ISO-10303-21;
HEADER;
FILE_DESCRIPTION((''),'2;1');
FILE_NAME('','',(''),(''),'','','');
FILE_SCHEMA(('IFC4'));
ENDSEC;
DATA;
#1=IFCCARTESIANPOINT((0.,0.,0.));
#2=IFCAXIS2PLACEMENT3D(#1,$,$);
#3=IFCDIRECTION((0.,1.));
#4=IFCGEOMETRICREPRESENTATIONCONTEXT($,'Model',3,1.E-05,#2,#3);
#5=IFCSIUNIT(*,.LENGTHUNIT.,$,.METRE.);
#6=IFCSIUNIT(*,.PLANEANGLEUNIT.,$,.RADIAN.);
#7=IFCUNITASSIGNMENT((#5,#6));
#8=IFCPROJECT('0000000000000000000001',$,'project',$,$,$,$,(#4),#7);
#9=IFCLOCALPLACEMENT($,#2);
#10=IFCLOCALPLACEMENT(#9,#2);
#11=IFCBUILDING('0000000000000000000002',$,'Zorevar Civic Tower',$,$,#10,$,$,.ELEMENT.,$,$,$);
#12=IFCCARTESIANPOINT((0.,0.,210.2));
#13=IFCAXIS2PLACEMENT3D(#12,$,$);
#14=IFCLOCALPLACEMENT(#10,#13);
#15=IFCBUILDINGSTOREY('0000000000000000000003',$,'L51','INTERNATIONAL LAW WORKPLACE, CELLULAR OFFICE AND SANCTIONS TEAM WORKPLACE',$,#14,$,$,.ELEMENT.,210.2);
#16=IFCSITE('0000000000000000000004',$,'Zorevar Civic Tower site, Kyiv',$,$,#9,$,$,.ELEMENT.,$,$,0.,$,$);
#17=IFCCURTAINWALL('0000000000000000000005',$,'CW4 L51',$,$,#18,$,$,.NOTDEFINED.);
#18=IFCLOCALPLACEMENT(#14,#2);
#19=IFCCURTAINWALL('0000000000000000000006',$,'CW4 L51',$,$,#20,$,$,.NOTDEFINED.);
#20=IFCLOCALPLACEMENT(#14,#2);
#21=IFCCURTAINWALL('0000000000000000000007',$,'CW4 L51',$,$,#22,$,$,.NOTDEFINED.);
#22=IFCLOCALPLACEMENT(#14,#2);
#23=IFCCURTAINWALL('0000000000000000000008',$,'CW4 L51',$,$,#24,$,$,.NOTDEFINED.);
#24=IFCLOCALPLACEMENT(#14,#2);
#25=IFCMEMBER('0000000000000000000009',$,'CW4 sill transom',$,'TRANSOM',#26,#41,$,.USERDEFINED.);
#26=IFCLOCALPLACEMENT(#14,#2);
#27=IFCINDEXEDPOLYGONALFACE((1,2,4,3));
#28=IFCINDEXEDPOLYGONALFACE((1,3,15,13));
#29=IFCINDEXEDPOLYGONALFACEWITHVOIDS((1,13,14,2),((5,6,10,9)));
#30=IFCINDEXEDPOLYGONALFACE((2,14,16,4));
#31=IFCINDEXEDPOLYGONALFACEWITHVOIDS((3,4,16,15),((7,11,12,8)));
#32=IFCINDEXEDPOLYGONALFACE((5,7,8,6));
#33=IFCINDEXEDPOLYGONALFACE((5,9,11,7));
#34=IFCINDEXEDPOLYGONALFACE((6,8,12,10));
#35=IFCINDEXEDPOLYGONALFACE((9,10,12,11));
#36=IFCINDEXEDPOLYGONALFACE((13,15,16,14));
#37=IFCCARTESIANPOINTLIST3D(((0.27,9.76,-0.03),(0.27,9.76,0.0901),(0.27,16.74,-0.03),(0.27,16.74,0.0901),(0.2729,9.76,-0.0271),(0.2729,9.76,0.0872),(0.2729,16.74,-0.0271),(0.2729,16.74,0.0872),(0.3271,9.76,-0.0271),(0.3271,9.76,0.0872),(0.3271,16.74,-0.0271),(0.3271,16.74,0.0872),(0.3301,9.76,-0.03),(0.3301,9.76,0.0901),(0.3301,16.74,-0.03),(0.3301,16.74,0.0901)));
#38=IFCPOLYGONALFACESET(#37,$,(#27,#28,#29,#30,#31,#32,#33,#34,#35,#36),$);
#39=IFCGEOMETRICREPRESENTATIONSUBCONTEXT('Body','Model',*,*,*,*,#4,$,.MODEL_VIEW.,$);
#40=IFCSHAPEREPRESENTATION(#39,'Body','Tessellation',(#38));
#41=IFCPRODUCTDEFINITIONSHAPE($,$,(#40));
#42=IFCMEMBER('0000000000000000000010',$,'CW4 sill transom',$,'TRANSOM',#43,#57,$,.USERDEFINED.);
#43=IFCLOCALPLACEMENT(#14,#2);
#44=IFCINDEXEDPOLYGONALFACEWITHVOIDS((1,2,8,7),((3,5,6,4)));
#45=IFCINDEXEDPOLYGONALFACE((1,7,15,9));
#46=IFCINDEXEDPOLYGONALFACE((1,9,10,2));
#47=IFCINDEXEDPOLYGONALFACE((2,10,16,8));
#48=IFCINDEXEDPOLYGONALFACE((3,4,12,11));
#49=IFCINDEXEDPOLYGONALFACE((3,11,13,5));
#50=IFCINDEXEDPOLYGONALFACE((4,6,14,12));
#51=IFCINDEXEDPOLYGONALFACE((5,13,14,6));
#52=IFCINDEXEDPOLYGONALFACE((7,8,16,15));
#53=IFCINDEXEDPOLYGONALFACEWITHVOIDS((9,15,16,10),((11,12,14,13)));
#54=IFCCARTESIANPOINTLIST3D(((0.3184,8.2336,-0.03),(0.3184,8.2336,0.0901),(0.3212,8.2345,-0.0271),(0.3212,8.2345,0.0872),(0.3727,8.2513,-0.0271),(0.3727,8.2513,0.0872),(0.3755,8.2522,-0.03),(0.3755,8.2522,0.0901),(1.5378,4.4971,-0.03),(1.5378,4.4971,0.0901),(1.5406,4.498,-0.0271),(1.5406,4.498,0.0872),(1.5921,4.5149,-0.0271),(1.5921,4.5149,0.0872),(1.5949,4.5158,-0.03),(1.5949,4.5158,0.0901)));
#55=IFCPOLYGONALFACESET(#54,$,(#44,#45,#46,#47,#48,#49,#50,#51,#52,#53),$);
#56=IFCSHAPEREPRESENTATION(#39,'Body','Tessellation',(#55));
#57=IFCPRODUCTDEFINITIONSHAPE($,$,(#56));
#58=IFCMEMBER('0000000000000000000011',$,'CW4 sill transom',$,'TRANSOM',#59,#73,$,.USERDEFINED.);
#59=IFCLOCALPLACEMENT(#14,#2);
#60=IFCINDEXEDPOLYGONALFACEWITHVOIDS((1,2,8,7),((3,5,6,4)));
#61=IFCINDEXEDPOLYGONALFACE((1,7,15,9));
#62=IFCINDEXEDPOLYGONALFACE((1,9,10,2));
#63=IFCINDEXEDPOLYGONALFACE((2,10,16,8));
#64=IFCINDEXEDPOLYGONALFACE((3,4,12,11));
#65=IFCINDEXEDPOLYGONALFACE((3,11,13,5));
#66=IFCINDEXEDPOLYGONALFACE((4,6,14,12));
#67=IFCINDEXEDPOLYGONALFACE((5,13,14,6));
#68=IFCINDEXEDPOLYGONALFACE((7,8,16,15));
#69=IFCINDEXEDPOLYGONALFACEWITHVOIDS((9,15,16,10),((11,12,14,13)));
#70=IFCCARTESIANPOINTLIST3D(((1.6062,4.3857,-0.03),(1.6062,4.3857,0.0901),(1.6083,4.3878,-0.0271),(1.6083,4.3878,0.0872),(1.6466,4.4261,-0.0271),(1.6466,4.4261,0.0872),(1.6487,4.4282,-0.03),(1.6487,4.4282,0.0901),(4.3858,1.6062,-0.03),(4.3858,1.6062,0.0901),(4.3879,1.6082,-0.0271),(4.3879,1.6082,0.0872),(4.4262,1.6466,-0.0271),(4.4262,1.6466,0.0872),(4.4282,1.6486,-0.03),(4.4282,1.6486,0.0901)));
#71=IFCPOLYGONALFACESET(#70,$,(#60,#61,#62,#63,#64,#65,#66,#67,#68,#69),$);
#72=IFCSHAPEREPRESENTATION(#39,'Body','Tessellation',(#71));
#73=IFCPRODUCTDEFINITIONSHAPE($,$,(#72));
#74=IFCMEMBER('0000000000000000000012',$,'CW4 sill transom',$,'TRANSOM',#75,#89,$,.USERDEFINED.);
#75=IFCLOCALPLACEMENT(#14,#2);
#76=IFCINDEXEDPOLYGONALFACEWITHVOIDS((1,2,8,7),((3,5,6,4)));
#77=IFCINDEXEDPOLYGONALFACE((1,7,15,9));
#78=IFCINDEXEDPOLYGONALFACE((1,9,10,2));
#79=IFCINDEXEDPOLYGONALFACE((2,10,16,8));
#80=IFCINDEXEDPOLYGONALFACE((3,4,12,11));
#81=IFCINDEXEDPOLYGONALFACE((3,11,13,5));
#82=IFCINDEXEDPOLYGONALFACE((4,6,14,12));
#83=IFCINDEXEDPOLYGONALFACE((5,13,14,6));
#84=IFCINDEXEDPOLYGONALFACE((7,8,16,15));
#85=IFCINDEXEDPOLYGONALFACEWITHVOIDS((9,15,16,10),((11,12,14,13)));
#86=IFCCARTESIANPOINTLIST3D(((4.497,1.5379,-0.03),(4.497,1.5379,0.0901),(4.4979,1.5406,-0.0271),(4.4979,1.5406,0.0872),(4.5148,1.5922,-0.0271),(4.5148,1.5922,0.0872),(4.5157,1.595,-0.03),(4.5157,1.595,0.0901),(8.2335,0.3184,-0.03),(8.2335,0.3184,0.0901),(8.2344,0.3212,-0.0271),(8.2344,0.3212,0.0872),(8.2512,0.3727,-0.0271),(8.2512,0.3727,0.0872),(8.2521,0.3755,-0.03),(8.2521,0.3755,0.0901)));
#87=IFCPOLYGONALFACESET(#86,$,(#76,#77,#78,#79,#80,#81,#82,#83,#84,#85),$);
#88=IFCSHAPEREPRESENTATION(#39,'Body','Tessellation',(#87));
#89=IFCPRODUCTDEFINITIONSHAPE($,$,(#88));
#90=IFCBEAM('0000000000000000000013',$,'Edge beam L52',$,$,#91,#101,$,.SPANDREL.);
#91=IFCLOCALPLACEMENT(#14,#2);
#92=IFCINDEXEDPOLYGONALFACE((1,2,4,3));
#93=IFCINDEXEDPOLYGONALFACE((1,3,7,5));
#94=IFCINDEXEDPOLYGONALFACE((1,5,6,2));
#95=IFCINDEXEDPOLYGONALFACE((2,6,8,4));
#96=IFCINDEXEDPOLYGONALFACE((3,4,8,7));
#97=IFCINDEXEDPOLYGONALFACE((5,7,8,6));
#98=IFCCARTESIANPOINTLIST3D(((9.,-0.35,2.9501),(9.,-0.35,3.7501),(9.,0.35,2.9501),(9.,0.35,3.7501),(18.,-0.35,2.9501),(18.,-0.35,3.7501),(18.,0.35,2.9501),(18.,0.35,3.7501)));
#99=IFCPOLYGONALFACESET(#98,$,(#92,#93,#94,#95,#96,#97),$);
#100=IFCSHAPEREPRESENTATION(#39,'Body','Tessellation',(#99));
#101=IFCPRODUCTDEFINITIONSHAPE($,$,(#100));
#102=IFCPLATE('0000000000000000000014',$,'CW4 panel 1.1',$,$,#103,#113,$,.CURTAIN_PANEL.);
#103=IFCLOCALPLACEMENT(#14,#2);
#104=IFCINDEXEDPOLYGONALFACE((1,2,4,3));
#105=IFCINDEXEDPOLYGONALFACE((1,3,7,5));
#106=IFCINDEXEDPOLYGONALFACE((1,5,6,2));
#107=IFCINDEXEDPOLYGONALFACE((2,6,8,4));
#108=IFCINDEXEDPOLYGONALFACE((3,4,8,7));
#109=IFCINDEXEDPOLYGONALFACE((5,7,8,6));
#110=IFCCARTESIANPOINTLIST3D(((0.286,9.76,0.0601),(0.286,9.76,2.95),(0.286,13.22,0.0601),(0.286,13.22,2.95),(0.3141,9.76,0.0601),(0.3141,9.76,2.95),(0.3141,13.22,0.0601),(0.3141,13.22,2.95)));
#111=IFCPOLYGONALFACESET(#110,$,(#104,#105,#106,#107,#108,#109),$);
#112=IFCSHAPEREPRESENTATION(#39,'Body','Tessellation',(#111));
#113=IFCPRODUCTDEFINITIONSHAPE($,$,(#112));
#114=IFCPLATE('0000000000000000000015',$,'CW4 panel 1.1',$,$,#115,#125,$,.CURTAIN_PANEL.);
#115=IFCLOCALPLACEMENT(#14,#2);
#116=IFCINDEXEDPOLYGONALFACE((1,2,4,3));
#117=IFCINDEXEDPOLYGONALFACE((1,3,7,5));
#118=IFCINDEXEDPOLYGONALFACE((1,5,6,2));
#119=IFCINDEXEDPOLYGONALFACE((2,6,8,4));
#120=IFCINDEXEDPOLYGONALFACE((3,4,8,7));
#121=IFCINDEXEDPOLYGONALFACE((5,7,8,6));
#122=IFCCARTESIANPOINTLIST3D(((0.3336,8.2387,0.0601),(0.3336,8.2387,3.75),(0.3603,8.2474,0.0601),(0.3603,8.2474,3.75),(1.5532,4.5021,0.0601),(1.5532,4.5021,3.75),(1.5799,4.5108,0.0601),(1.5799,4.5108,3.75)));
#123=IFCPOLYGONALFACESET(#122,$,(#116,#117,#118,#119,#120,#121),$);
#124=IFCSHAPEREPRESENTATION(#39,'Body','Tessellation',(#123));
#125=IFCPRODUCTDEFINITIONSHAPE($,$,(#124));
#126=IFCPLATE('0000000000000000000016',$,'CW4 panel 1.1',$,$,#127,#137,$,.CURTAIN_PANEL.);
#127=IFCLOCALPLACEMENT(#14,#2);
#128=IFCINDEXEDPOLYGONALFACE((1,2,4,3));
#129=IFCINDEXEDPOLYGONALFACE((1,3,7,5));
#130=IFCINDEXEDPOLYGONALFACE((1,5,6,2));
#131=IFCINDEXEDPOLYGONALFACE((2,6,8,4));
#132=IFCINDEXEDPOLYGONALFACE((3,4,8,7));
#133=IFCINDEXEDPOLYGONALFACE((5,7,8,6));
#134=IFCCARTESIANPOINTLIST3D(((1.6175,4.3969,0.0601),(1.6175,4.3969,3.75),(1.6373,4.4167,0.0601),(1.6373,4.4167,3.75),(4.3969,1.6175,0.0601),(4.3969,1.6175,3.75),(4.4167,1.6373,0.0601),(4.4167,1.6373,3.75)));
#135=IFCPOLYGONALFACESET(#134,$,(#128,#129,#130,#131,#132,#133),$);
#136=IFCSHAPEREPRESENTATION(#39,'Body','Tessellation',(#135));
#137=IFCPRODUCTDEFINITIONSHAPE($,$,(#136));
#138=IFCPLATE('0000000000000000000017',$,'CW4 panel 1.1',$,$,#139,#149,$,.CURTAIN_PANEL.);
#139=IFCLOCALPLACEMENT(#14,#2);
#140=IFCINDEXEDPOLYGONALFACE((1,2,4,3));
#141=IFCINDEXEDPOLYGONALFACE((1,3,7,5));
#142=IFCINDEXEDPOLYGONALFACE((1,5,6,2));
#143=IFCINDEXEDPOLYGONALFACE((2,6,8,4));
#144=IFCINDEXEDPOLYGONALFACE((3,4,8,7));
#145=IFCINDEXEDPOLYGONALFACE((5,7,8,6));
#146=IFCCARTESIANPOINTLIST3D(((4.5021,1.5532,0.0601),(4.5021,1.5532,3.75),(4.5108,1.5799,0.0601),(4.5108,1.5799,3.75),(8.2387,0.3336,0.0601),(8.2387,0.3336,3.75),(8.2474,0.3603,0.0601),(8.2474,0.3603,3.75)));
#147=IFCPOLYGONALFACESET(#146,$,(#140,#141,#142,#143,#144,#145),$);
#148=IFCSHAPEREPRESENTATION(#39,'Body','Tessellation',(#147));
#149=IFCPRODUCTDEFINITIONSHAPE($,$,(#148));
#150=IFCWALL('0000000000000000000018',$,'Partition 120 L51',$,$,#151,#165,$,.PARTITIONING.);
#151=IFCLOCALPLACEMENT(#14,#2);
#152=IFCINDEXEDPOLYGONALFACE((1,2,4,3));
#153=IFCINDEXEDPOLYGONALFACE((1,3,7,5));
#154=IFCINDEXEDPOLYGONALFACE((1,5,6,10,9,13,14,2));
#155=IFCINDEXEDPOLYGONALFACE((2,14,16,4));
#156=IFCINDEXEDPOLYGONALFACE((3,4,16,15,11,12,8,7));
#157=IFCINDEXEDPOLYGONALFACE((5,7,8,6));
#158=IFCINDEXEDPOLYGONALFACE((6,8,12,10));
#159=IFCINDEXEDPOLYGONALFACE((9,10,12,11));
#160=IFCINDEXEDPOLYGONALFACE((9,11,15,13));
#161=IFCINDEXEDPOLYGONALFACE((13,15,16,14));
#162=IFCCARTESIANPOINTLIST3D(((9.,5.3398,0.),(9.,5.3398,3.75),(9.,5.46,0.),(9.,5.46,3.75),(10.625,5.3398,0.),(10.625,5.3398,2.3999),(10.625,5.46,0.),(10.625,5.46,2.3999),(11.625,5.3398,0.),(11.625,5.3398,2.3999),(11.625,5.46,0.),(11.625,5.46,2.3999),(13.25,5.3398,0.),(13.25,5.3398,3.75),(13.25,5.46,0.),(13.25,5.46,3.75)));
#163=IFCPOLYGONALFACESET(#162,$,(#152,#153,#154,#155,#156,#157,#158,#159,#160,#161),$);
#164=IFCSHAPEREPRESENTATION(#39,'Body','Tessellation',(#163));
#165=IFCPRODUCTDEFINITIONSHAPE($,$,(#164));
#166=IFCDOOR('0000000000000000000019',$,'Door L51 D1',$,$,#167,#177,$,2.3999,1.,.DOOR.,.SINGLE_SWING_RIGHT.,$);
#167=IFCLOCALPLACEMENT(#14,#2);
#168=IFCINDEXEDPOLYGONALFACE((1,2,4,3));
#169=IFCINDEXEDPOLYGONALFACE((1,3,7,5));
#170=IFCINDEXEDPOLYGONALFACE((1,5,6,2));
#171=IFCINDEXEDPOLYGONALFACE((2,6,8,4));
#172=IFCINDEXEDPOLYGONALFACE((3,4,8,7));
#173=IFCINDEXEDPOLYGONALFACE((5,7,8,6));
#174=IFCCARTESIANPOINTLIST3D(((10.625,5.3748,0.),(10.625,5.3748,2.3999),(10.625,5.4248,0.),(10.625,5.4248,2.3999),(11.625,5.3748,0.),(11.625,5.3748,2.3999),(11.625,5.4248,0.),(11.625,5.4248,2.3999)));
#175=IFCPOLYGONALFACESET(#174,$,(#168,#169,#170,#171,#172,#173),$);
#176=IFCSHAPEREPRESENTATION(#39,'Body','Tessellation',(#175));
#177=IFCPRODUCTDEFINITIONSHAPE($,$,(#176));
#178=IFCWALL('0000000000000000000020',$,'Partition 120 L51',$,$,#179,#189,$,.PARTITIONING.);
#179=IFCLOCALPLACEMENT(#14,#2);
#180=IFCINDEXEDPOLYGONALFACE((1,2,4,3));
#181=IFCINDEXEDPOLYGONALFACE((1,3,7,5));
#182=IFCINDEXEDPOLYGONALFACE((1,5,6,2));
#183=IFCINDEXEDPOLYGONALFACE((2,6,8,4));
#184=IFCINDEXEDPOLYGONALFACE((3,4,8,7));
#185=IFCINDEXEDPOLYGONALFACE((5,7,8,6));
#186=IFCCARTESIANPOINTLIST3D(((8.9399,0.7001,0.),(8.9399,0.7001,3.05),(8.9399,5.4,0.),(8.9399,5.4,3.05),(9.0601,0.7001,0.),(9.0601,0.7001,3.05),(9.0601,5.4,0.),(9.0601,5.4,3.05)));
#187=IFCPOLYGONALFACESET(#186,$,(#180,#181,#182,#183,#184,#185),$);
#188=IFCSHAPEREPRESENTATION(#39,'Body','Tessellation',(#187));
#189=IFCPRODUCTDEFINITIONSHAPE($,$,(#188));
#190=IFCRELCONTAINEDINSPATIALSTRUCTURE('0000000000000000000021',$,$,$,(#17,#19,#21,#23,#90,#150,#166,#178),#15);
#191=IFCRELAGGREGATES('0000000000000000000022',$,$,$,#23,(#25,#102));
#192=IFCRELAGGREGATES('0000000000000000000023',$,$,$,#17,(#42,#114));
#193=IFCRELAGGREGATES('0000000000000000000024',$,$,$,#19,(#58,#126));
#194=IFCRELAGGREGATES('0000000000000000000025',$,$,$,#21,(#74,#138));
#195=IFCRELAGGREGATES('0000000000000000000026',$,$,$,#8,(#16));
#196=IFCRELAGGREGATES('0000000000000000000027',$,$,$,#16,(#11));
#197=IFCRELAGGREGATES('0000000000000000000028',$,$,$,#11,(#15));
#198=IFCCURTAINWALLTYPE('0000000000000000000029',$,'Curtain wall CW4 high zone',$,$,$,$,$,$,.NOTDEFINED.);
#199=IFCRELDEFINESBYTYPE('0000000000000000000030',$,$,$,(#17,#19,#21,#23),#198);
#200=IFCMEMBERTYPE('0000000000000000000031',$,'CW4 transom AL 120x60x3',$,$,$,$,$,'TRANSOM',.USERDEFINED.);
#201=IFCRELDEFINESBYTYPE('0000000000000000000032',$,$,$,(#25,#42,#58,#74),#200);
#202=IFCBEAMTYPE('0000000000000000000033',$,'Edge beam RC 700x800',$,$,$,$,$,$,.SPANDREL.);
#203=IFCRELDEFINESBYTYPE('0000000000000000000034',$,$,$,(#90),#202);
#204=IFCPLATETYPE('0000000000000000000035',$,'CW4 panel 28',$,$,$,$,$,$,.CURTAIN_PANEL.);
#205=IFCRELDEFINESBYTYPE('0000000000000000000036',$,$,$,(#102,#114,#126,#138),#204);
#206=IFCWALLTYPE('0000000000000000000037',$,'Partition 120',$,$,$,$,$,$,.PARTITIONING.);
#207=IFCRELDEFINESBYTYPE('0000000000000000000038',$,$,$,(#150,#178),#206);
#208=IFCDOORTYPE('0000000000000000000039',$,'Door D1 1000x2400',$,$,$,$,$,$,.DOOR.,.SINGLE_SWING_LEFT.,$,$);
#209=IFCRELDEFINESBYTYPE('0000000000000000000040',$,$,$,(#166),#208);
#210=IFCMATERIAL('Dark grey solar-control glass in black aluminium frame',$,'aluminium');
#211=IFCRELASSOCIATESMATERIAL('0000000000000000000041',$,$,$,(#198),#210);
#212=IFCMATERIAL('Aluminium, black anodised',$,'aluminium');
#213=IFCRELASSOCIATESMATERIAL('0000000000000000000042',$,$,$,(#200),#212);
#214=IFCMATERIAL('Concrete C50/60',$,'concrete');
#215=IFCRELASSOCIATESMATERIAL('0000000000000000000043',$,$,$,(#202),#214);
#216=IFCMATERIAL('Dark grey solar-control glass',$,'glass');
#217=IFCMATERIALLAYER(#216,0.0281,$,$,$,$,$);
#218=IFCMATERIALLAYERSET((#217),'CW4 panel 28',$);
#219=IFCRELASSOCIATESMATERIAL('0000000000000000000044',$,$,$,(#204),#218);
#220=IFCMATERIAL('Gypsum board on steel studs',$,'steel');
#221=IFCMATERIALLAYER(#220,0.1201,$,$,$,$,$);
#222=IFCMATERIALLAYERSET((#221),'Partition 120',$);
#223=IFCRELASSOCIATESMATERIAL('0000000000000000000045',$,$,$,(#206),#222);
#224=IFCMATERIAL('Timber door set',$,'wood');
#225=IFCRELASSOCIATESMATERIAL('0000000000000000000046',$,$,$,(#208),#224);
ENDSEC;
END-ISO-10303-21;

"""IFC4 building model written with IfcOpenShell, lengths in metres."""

from ifc_helpers import new_model, si_unit, direction, frame, frame_2d, origin, origin_2d, place, context, subcontext, project, spatial, rectangle, hollow_rectangle, extrude, material, layer, layer_set, material_profile, profile_set, type_object, element, fill, aggregate, save


model = new_model("IFC4")

# Units and contexts
model_context = context("Model", 3, precision=1e-05, world=origin(), true_north=direction((0.0, 1.0)))
body_context = subcontext(model_context, "Body", "Model", "MODEL_VIEW")
ifc_project = project(units=[si_unit("LENGTHUNIT", "METRE"), si_unit("PLANEANGLEUNIT", "RADIAN")], contexts=[model_context])

# Site, building, storey
site_placement = place(None, origin())
site = spatial("IfcSite", under=ifc_project, at=site_placement, Name="Zorevar Civic Tower site, Kyiv", CompositionType="ELEMENT", RefElevation=0.0)
building_placement = place(site_placement, origin())
building = spatial("IfcBuilding", under=site, at=building_placement, Name="Zorevar Civic Tower", CompositionType="ELEMENT")
storey_placement = place(building_placement, frame((0.0, 0.0, 210.2)))
storey = spatial("IfcBuildingStorey", under=building, at=storey_placement, Name="L51", Description="INTERNATIONAL LAW WORKPLACE, CELLULAR OFFICE AND SANCTIONS TEAM WORKPLACE", CompositionType="ELEMENT", Elevation=210.2)

# Curtain walls
ifc_material_1 = material(Name="Dark grey solar-control glass in black aluminium frame", Category="aluminium")
curtain_wall_type = type_object("IfcCurtainWallType", Name="Curtain wall CW4 high zone", PredefinedType="NOTDEFINED", material=ifc_material_1)
curtain_wall_1_placement = place(storey_placement, origin())
curtain_wall_1 = element("IfcCurtainWall", 1, at=curtain_wall_1_placement, inside=storey, type_object=curtain_wall_type, Name="CW4 L51", PredefinedType="NOTDEFINED")
curtain_wall_2_placement = place(storey_placement, origin())
curtain_wall_2 = element("IfcCurtainWall", 2, at=curtain_wall_2_placement, inside=storey, type_object=curtain_wall_type, Name="CW4 L51", PredefinedType="NOTDEFINED")
curtain_wall_3_placement = place(storey_placement, origin())
curtain_wall_3 = element("IfcCurtainWall", 3, at=curtain_wall_3_placement, inside=storey, type_object=curtain_wall_type, Name="CW4 L51", PredefinedType="NOTDEFINED")

# Curtain wall, member
curtain_wall_4_placement = place(storey_placement, origin())
curtain_wall_4 = element("IfcCurtainWall", 4, at=curtain_wall_4_placement, inside=storey, type_object=curtain_wall_type, Name="CW4 L51", PredefinedType="NOTDEFINED")
ifc_material_2 = material(Name="Aluminium, black anodised", Category="aluminium")
ifc_material_profile_1 = material_profile(ifc_material_2, hollow_rectangle(XDim=0.0601, YDim=0.1201, WallThickness=0.0029, at=origin_2d()), Name="AL 120x60x3")
ifc_profile_set_1 = profile_set([ifc_material_profile_1], Name="Aluminium, black anodised")
member_type_1 = type_object("IfcMemberType", Name="CW4 transom AL 120x60x3", ElementType="TRANSOM", PredefinedType="USERDEFINED", material=ifc_profile_set_1)
member_1_placement = place(storey_placement, frame((0.3, 9.76, 0.03), z_axis=(0.0, 1.0, 0.0), x_axis=(-1.0, 0.0, 0.0)))
member_1 = element("IfcMember", 5, at=member_1_placement, type_object=member_type_1, Name="CW4 sill transom", ObjectType="TRANSOM", PredefinedType="USERDEFINED", context=body_context, shape_type="SweptSolid", body=[
    extrude(hollow_rectangle(XDim=0.0601, YDim=0.1201, WallThickness=0.0029, at=origin_2d()), origin(), (0.0, 0.0, 1.0), 6.98),
])

# Members
member_2_placement = place(storey_placement, frame((0.3469, 8.2429, 0.03), z_axis=(0.310259, -0.950652, 0.0), x_axis=(0.950652, 0.310259, 0.0)))
member_2 = element("IfcMember", 6, at=member_2_placement, type_object=member_type_1, Name="CW4 sill transom", ObjectType="TRANSOM", PredefinedType="USERDEFINED", context=body_context, shape_type="SweptSolid", body=[
    extrude(hollow_rectangle(XDim=0.0601, YDim=0.1201, WallThickness=0.0029, at=origin_2d()), origin(), (0.0, 0.0, 1.0), 3.9304),
])
member_3_placement = place(storey_placement, frame((1.6274, 4.407, 0.03), z_axis=(0.707107, -0.707107, 0.0), x_axis=(0.707107, 0.707107, 0.0)))
member_3 = element("IfcMember", 7, at=member_3_placement, type_object=member_type_1, Name="CW4 sill transom", ObjectType="TRANSOM", PredefinedType="USERDEFINED", context=body_context, shape_type="SweptSolid", body=[
    extrude(hollow_rectangle(XDim=0.0601, YDim=0.1201, WallThickness=0.0029, at=origin_2d()), origin(), (0.0, 0.0, 1.0), 3.9309),
])
member_4_placement = place(storey_placement, frame((4.5063, 1.5664, 0.03), z_axis=(0.950652, -0.310259, 0.0), x_axis=(0.310259, 0.950652, 0.0)))
member_4 = element("IfcMember", 8, at=member_4_placement, type_object=member_type_1, Name="CW4 sill transom", ObjectType="TRANSOM", PredefinedType="USERDEFINED", context=body_context, shape_type="SweptSolid", body=[
    extrude(hollow_rectangle(XDim=0.0601, YDim=0.1201, WallThickness=0.0029, at=origin_2d()), origin(), (0.0, 0.0, 1.0), 3.9304),
])

# Beam
ifc_material_3 = material(Name="Concrete C50/60", Category="concrete")
ifc_material_profile_2 = material_profile(ifc_material_3, rectangle(XDim=0.7, YDim=0.8, at=origin_2d()), Name="RC 700x800")
ifc_profile_set_2 = profile_set([ifc_material_profile_2], Name="Concrete C50/60")
beam_type_1 = type_object("IfcBeamType", Name="Edge beam RC 700x800", PredefinedType="SPANDREL", material=ifc_profile_set_2)
beam_1_placement = place(storey_placement, frame((9.0, 0.0, 3.3501), z_axis=(1.0, 0.0, 0.0), x_axis=(0.0, 1.0, 0.0)))
element("IfcBeam", 9, at=beam_1_placement, inside=storey, type_object=beam_type_1, Name="Edge beam L52", PredefinedType="SPANDREL", context=body_context, shape_type="SweptSolid", body=[
    extrude(rectangle(XDim=0.7, YDim=0.8, at=origin_2d()), origin(), (0.0, 0.0, 1.0), 9.0),
])

# Plates
ifc_material_4 = material(Name="Dark grey solar-control glass", Category="glass")
ifc_layer_1 = layer(ifc_material_4, 0.0281)
ifc_layer_set_1 = layer_set([ifc_layer_1], Name="CW4 panel 28")
plate_type = type_object("IfcPlateType", Name="CW4 panel 28", PredefinedType="CURTAIN_PANEL", material=ifc_layer_set_1)
plate_1_placement = place(storey_placement, frame((0.3, 11.49, 0.0601), z_axis=(0.0, 0.0, 1.0), x_axis=(0.0, 1.0, 0.0)))
plate_1 = element("IfcPlate", 10, at=plate_1_placement, type_object=plate_type, Name="CW4 panel 1.1", PredefinedType="CURTAIN_PANEL", context=body_context, shape_type="SweptSolid", body=[
    extrude(rectangle(XDim=3.46, YDim=0.0281, at=origin_2d()), origin(), (0.0, 0.0, 1.0), 2.8899),
])
aggregate(curtain_wall_4, [member_1, plate_1])
plate_2_placement = place(storey_placement, frame((0.9568, 6.3748, 0.0601), z_axis=(0.0, 0.0, 1.0), x_axis=(0.310281, -0.950645, 0.0)))
plate_2 = element("IfcPlate", 11, at=plate_2_placement, type_object=plate_type, Name="CW4 panel 1.1", PredefinedType="CURTAIN_PANEL", context=body_context, shape_type="SweptSolid", body=[
    extrude(rectangle(XDim=3.9307, YDim=0.0281, at=origin_2d()), origin(), (0.0, 0.0, 1.0), 3.6899),
])
aggregate(curtain_wall_1, [member_2, plate_2])
plate_3_placement = place(storey_placement, frame((3.0171, 3.0171, 0.0601), z_axis=(0.0, 0.0, 1.0), x_axis=(0.707107, -0.707107, 0.0)))
plate_3 = element("IfcPlate", 12, at=plate_3_placement, type_object=plate_type, Name="CW4 panel 1.1", PredefinedType="CURTAIN_PANEL", context=body_context, shape_type="SweptSolid", body=[
    extrude(rectangle(XDim=3.9307, YDim=0.0281, at=origin_2d()), origin(), (0.0, 0.0, 1.0), 3.6899),
])
aggregate(curtain_wall_2, [member_3, plate_3])
plate_4_placement = place(storey_placement, frame((6.3748, 0.9568, 0.0601), z_axis=(0.0, 0.0, 1.0), x_axis=(0.950645, -0.310281, 0.0)))
plate_4 = element("IfcPlate", 13, at=plate_4_placement, type_object=plate_type, Name="CW4 panel 1.1", PredefinedType="CURTAIN_PANEL", context=body_context, shape_type="SweptSolid", body=[
    extrude(rectangle(XDim=3.9307, YDim=0.0281, at=origin_2d()), origin(), (0.0, 0.0, 1.0), 3.6899),
])
aggregate(curtain_wall_3, [member_4, plate_4])

# Wall, opening, door
ifc_material_5 = material(Name="Gypsum board on steel studs", Category="steel")
ifc_layer_2 = layer(ifc_material_5, 0.1201)
ifc_layer_set_2 = layer_set([ifc_layer_2], Name="Partition 120")
wall_type = type_object("IfcWallType", Name="Partition 120", PredefinedType="PARTITIONING", material=ifc_layer_set_2)
wall_1_placement = place(storey_placement, frame((9.0, 5.3999, 0.0), z_axis=(0.0, 0.0, 1.0), x_axis=(1.0, 0.0, 0.0)))
wall_1 = element("IfcWall", 14, at=wall_1_placement, inside=storey, type_object=wall_type, Name="Partition 120 L51", PredefinedType="PARTITIONING", context=body_context, shape_type="SweptSolid", body=[
    extrude(rectangle(XDim=4.25, YDim=0.1201, at=frame_2d((2.125, 0.0))), origin(), (0.0, 0.0, 1.0), 3.75),
])
opening_placement = place(wall_1_placement, frame((1.625, 0.0, 0.0)))
opening = element("IfcOpeningElement", 15, at=opening_placement, cuts=wall_1, PredefinedType="OPENING", context=body_context, shape_type="SweptSolid", body=[
    extrude(rectangle(XDim=1.0, YDim=2.3999, at=frame_2d((0.5, 1.2))), frame((0.0, 0.0701, 0.0), z_axis=(0.0, -1.0, 0.0), x_axis=(1.0, 0.0, 0.0)), (0.0, 0.0, 1.0), 0.1401),
])
ifc_material_6 = material(Name="Timber door set", Category="wood")
door_type = type_object("IfcDoorType", Name="Door D1 1000x2400", OperationType="SINGLE_SWING_LEFT", PredefinedType="DOOR", material=ifc_material_6)
door_placement = place(opening_placement, origin())
door = element("IfcDoor", 16, at=door_placement, inside=storey, type_object=door_type, Name="Door L51 D1", OperationType="SINGLE_SWING_RIGHT", OverallHeight=2.3999, OverallWidth=1.0, PredefinedType="DOOR", context=body_context, shape_type="SweptSolid", body=[
    extrude(rectangle(XDim=1.0, YDim=2.3999, at=frame_2d((0.5, 1.2))), frame((0.0, 0.0249, 0.0), z_axis=(0.0, -1.0, 0.0), x_axis=(1.0, 0.0, 0.0)), (0.0, 0.0, 1.0), 0.05),
])
fill(opening, door)

# Wall
wall_2_placement = place(storey_placement, frame((9.0, 0.7, 0.0), z_axis=(0.0, 0.0, 1.0), x_axis=(0.0, 1.0, 0.0)))
element("IfcWall", 17, at=wall_2_placement, inside=storey, type_object=wall_type, Name="Partition 120 L51", PredefinedType="PARTITIONING", context=body_context, shape_type="SweptSolid", body=[
    extrude(rectangle(XDim=4.7, YDim=0.1201, at=frame_2d((2.3501, 0.0))), origin(), (0.0, 0.0, 1.0), 3.05),
])

save(model, "model.ifc")
